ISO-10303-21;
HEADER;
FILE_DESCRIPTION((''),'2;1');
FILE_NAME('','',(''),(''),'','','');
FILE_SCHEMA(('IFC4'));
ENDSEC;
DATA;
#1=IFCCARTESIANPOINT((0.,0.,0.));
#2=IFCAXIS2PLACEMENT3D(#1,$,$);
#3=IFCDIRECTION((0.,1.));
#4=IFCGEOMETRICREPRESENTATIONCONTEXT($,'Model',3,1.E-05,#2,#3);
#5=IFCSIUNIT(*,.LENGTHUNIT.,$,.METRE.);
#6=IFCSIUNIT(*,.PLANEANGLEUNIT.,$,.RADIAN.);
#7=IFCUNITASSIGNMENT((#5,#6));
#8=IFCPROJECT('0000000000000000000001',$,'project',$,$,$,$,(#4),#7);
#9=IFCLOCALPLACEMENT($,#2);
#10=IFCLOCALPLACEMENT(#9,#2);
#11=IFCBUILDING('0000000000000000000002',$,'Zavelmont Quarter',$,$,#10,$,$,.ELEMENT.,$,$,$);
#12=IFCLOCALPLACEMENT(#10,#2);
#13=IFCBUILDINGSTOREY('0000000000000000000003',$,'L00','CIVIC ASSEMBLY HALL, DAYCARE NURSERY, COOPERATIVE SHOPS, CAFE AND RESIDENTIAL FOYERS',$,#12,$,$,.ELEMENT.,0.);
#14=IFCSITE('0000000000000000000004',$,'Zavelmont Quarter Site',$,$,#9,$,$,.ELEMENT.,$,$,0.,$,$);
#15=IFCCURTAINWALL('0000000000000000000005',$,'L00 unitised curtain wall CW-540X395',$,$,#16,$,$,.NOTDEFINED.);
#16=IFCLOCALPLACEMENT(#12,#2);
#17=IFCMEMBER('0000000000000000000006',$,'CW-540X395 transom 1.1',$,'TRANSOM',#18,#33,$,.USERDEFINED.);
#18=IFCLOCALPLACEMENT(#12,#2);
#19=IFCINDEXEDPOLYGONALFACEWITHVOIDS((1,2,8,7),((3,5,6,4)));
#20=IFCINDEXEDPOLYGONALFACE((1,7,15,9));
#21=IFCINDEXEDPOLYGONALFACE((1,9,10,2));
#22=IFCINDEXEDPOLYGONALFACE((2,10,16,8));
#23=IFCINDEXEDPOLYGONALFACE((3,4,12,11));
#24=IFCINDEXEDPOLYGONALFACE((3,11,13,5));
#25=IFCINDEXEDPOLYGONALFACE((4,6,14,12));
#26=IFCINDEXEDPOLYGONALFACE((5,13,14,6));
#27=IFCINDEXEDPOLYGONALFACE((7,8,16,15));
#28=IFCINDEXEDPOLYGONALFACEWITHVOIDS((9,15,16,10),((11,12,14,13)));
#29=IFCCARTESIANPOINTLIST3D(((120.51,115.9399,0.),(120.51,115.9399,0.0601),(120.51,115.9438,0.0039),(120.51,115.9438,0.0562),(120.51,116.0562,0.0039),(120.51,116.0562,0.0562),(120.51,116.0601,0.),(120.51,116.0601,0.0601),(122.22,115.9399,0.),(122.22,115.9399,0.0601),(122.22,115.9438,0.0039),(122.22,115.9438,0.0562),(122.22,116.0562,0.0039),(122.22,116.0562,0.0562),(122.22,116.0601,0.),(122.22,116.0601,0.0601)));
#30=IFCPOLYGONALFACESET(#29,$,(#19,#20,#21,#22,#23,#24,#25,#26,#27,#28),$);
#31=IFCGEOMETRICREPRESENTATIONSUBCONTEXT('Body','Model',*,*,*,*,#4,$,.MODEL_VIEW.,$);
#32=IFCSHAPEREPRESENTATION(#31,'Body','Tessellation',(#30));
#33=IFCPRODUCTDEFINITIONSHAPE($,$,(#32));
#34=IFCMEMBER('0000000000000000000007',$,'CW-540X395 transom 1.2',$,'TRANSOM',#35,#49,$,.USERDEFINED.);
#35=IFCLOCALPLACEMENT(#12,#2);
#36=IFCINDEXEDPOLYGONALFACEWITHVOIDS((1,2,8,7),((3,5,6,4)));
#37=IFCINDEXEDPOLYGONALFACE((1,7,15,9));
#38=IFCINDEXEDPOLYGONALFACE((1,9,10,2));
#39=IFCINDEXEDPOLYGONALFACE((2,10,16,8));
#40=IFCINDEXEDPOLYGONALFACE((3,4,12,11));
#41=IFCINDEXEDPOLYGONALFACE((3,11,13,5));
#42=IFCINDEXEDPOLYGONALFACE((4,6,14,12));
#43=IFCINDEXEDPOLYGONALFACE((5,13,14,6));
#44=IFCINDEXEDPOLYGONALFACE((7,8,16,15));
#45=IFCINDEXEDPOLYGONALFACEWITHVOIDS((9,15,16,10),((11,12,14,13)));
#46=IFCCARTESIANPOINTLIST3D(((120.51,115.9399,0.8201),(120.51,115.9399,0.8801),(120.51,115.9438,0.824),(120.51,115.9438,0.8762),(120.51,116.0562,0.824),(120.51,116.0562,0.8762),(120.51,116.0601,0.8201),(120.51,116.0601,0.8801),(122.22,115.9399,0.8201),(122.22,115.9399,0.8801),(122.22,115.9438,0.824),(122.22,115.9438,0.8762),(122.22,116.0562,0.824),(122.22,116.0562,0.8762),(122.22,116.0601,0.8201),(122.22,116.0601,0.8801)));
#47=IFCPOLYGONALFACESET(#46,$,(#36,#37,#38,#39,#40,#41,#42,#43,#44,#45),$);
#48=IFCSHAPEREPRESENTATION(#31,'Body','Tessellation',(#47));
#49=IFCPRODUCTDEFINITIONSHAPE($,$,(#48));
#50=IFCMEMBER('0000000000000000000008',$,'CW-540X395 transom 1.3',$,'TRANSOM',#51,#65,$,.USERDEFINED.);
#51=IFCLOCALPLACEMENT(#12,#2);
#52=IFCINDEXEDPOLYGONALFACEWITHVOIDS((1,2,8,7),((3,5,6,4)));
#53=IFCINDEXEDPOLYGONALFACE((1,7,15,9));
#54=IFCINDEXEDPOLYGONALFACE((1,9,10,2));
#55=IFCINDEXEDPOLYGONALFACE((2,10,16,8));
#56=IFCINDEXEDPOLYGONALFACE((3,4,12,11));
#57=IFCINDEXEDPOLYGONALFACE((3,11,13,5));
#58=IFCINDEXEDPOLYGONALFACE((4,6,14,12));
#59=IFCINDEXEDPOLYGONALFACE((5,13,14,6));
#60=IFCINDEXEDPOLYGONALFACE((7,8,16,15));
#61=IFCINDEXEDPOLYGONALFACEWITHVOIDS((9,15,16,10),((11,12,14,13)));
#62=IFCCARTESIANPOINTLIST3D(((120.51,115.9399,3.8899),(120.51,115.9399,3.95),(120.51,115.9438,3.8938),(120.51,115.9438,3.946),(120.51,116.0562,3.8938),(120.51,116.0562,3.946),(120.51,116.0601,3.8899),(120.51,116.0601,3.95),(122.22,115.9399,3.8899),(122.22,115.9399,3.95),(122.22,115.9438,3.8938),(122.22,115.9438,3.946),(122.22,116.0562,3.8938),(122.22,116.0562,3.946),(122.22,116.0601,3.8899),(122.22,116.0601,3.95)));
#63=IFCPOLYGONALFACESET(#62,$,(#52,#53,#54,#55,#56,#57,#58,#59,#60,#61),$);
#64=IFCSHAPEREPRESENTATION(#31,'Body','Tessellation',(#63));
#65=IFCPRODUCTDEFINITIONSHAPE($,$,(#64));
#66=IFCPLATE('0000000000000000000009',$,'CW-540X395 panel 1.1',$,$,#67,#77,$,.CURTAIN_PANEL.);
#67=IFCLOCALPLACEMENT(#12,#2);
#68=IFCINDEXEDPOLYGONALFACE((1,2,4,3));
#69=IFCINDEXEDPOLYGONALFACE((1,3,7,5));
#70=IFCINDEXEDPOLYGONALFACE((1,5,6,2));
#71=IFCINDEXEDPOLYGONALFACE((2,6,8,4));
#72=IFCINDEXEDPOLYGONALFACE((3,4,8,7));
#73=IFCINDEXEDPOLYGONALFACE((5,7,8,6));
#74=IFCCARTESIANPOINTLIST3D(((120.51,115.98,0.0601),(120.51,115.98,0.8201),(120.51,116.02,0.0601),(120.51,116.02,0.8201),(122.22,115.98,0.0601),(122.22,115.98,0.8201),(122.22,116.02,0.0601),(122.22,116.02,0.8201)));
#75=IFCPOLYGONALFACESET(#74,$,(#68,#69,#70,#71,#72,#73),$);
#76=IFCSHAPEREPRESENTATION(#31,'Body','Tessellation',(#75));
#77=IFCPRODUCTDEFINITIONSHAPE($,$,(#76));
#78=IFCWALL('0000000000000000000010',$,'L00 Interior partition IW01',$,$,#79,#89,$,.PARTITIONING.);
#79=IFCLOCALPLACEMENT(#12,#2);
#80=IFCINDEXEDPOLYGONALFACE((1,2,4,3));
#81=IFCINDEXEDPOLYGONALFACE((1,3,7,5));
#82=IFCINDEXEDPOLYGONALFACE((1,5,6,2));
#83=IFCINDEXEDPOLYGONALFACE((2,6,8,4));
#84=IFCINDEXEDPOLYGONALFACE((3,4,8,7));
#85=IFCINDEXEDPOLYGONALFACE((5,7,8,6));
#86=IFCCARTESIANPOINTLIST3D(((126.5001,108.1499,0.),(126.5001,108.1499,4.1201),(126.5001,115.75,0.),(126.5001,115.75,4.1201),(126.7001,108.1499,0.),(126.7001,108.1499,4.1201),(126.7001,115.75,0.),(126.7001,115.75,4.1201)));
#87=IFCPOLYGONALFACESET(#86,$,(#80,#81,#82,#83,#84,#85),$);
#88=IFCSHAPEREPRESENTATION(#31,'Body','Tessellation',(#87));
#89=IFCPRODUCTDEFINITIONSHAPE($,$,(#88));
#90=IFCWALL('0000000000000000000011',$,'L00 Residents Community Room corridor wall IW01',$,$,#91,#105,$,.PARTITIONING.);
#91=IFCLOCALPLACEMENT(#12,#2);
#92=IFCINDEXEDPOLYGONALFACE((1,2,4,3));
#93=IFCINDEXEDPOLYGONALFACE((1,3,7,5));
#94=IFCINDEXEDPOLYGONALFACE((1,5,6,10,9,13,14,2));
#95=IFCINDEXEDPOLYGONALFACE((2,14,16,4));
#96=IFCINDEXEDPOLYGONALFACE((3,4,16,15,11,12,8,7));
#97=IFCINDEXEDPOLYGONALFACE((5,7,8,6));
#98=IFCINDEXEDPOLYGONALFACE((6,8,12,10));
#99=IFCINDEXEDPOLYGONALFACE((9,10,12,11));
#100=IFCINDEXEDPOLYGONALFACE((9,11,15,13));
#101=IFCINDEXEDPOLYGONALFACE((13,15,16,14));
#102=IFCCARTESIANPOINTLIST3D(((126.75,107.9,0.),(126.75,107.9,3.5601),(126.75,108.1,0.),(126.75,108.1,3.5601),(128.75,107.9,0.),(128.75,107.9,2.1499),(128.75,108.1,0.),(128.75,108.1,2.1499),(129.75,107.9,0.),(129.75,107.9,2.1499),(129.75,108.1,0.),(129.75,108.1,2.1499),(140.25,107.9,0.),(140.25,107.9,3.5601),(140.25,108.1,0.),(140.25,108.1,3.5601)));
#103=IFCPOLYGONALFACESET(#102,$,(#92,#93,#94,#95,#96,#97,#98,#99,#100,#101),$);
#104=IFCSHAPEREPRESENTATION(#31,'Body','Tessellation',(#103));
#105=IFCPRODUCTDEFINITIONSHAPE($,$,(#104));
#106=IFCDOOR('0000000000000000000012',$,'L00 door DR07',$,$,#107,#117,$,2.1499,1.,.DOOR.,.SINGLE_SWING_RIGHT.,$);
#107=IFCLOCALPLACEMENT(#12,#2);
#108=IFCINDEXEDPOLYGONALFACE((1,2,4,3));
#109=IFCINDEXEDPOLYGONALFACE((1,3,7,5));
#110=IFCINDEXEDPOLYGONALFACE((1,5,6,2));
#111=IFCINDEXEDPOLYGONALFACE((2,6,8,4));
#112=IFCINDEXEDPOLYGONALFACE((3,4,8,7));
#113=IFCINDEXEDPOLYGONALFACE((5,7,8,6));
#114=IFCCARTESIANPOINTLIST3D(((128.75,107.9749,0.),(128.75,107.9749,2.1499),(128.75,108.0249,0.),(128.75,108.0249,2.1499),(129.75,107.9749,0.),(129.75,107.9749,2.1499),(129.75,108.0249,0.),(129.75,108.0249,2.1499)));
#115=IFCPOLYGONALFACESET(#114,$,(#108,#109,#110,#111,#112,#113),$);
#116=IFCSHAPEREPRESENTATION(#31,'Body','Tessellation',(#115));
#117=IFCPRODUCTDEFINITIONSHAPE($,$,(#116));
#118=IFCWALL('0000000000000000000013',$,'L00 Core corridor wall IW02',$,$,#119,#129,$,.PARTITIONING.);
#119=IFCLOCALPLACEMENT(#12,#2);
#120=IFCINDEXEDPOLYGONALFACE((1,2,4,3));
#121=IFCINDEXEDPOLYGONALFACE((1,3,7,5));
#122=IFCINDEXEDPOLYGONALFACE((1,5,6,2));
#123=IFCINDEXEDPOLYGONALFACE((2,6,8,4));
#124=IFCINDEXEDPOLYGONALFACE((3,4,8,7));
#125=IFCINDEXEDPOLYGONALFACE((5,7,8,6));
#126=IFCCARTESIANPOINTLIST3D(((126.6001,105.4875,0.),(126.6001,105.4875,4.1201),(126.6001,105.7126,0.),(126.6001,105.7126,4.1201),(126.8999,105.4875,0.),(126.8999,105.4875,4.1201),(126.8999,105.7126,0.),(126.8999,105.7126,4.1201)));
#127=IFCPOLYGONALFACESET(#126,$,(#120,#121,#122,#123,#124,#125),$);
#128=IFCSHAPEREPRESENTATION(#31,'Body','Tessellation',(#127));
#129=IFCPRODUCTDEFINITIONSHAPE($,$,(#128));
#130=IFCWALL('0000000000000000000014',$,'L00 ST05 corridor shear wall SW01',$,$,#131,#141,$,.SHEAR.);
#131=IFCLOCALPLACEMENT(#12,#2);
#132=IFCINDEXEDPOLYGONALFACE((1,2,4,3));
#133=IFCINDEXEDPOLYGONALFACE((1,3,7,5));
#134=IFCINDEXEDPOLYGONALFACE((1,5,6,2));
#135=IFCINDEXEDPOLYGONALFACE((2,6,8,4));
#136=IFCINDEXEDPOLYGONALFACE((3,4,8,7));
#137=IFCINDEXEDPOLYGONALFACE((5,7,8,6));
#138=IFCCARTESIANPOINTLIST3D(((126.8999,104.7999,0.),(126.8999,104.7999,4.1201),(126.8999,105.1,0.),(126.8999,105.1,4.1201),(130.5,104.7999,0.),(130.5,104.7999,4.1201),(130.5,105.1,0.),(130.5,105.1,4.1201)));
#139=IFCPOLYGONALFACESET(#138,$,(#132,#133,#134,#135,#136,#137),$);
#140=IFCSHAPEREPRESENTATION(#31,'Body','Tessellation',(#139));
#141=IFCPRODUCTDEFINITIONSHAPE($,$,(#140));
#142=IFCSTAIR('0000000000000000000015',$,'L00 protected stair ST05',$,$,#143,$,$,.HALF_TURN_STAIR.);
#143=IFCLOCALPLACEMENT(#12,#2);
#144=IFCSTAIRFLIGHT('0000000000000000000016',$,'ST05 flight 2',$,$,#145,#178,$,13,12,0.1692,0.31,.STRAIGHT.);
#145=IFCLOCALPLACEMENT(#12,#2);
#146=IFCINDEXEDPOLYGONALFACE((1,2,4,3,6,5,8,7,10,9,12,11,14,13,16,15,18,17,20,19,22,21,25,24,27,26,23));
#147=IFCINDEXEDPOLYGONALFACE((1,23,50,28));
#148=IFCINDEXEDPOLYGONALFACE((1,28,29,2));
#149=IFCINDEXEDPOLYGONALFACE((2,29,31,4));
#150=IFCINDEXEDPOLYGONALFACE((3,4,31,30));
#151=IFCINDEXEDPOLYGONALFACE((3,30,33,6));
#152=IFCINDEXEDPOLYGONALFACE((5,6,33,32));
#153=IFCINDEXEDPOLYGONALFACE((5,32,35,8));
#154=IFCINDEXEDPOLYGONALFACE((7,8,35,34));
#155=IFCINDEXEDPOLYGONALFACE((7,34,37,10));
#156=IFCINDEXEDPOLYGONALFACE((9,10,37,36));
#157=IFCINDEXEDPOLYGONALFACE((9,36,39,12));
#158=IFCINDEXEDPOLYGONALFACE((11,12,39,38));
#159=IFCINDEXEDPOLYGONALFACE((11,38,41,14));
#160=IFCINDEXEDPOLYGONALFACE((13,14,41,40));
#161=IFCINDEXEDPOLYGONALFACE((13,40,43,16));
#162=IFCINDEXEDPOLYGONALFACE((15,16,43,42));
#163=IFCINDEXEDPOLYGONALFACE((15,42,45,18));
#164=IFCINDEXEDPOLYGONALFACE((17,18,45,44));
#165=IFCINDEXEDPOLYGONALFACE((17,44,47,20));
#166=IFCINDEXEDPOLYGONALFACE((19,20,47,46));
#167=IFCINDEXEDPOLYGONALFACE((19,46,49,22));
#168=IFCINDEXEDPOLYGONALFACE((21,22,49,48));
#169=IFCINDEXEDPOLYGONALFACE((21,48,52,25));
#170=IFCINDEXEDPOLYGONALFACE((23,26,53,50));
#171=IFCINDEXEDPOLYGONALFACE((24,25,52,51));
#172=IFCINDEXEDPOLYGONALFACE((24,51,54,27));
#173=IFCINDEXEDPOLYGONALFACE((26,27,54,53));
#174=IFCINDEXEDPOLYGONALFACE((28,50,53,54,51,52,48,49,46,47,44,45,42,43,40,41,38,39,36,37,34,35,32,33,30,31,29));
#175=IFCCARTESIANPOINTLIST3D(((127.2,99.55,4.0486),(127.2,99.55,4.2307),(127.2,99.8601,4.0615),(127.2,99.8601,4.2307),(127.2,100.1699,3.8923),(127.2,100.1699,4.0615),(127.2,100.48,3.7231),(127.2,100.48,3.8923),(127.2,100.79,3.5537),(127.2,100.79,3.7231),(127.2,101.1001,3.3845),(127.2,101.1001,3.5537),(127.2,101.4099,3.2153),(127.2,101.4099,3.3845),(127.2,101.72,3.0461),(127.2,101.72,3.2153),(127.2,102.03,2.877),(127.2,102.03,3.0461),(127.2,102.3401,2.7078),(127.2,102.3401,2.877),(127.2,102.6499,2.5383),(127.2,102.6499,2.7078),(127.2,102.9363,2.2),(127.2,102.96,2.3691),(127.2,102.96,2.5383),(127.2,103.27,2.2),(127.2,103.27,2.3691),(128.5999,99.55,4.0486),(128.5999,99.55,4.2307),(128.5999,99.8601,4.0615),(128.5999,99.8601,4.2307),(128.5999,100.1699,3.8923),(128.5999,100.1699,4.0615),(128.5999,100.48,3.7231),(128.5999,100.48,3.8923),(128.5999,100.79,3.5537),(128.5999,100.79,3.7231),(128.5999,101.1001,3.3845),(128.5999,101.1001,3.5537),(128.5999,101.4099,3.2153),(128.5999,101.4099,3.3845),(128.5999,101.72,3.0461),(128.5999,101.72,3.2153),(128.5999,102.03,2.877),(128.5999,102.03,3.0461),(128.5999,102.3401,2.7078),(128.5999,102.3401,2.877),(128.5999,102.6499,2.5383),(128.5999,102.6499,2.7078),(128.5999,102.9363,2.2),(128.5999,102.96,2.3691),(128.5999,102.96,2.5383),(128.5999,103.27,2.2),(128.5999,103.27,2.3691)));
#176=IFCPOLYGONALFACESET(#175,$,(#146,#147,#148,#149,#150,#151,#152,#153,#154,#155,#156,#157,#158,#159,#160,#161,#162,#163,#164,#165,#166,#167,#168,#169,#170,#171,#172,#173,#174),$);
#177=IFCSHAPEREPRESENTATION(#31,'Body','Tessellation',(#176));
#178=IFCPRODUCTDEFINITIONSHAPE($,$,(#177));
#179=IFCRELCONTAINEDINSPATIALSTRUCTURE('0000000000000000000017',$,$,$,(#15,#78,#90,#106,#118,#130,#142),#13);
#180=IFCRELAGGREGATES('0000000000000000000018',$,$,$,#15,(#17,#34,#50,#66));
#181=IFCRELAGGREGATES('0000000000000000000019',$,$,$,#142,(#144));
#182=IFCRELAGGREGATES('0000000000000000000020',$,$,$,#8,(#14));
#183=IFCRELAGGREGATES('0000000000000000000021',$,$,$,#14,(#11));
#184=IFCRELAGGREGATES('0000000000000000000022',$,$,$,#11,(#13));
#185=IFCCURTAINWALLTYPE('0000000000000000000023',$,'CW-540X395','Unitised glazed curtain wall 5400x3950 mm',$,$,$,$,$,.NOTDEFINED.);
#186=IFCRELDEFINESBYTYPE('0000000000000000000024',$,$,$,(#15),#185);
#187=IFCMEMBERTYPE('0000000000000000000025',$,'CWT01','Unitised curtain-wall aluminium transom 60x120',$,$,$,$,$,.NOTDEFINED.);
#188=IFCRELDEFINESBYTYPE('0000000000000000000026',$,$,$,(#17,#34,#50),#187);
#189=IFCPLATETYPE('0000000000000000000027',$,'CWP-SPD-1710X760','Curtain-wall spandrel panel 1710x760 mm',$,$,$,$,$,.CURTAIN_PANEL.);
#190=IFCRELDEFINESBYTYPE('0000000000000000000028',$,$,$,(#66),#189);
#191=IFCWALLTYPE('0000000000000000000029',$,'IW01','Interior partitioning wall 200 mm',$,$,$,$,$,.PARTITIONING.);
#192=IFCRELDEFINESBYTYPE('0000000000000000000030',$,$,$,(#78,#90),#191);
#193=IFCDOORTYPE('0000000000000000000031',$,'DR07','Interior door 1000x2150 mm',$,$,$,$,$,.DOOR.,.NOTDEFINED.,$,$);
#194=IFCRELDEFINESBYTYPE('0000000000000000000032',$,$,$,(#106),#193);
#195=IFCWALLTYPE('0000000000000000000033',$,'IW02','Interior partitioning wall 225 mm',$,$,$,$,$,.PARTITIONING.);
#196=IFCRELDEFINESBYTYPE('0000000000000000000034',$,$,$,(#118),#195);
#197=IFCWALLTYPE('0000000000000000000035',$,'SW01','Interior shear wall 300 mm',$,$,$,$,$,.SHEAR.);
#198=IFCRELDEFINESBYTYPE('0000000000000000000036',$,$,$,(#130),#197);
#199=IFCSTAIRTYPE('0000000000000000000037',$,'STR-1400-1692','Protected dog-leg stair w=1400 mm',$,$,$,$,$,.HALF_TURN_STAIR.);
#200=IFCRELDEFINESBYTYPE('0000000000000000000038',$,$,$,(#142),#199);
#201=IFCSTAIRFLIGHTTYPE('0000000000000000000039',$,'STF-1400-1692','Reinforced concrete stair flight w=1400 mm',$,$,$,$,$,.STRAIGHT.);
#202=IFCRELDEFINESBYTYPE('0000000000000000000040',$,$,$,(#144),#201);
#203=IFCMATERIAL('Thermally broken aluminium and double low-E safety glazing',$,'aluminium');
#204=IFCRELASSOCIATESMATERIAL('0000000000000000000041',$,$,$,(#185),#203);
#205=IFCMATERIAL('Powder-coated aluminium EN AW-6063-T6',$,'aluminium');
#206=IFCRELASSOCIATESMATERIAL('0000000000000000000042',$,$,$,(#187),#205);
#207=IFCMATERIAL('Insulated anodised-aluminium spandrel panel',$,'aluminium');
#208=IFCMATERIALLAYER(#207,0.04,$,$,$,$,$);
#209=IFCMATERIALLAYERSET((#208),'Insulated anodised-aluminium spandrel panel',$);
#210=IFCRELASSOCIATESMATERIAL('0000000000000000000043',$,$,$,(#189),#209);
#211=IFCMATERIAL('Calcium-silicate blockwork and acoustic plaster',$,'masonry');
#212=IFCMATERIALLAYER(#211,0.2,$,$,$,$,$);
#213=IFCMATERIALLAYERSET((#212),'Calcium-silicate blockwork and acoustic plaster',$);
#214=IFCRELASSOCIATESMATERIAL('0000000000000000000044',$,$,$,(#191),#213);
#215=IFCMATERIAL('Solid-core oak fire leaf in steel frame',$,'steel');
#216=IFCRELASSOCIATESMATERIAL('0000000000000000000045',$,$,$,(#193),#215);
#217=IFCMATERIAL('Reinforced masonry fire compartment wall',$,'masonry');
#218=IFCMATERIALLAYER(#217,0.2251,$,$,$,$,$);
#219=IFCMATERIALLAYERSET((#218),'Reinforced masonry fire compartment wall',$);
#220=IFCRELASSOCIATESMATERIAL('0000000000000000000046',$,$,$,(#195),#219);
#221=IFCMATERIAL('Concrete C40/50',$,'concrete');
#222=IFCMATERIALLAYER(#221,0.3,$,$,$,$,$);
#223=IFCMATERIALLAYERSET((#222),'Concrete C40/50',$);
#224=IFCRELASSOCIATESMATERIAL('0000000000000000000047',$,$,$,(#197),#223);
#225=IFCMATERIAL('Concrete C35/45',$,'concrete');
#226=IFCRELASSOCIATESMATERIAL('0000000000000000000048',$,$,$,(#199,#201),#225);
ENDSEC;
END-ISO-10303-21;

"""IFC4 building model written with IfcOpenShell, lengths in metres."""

from ifc_helpers import new_model, si_unit, direction, frame, frame_2d, origin, origin_with_axes, origin_2d, place, context, subcontext, project, spatial, polyline, rectangle, hollow_rectangle, outline, extrude, material, layer, layer_set, material_profile, profile_set, type_object, element, fill, aggregate, save


model = new_model("IFC4")

# Units and contexts
model_context = context("Model", 3, precision=1e-05, world=origin(), true_north=direction((0.0, 1.0)))
body_context = subcontext(model_context, "Body", "Model", "MODEL_VIEW")
ifc_project = project(units=[si_unit("LENGTHUNIT", "METRE"), si_unit("PLANEANGLEUNIT", "RADIAN")], contexts=[model_context])

# Site, building, storey
site_placement = place(None, origin())
site = spatial("IfcSite", under=ifc_project, at=site_placement, Name="Zavelmont Quarter Site", CompositionType="ELEMENT", RefElevation=0.0)
building_placement = place(site_placement, origin())
building = spatial("IfcBuilding", under=site, at=building_placement, Name="Zavelmont Quarter", CompositionType="ELEMENT")
storey_placement = place(building_placement, origin())
storey = spatial("IfcBuildingStorey", under=building, at=storey_placement, Name="L00", Description="CIVIC ASSEMBLY HALL, DAYCARE NURSERY, COOPERATIVE SHOPS, CAFE AND RESIDENTIAL FOYERS", CompositionType="ELEMENT", Elevation=0.0)

# Shared definitions
ifc_material_1 = material(Name="Concrete C40/50", Category="concrete")

# Shared definitions
ifc_material_2 = material(Name="Concrete C35/45", Category="concrete")

# Curtain wall, members, plate
ifc_material_3 = material(Name="Thermally broken aluminium and double low-E safety glazing", Category="aluminium")
curtain_wall_type = type_object("IfcCurtainWallType", Name="CW-540X395", Description="Unitised glazed curtain wall 5400x3950 mm", PredefinedType="NOTDEFINED", material=ifc_material_3)
curtain_wall_placement = place(storey_placement, origin())
curtain_wall = element("IfcCurtainWall", 1, at=curtain_wall_placement, inside=storey, type_object=curtain_wall_type, Name="L00 unitised curtain wall CW-540X395", PredefinedType="NOTDEFINED")
ifc_material_4 = material(Name="Powder-coated aluminium EN AW-6063-T6", Category="aluminium")
ifc_material_profile_1 = material_profile(ifc_material_4, hollow_rectangle(XDim=0.1201, YDim=0.0601, WallThickness=0.0039, at=origin_2d()), Name="CWT60X120")
ifc_profile_set_1 = profile_set([ifc_material_profile_1], Name="Powder-coated aluminium EN AW-6063-T6")
member_type_1 = type_object("IfcMemberType", Name="CWT01", Description="Unitised curtain-wall aluminium transom 60x120", PredefinedType="NOTDEFINED", material=ifc_profile_set_1)
member_1_placement = place(storey_placement, frame((120.51, 116.0, 0.03), z_axis=(1.0, 0.0, 0.0), x_axis=(0.0, 1.0, 0.0)))
member_1 = element("IfcMember", 2, at=member_1_placement, type_object=member_type_1, Name="CW-540X395 transom 1.1", ObjectType="TRANSOM", PredefinedType="USERDEFINED", context=body_context, shape_type="SweptSolid", body=[
    extrude(hollow_rectangle(XDim=0.1201, YDim=0.0601, WallThickness=0.0039, at=origin_2d()), origin(), (0.0, 0.0, 1.0), 1.71),
])
member_2_placement = place(storey_placement, frame((120.51, 116.0, 0.8501), z_axis=(1.0, 0.0, 0.0), x_axis=(0.0, 1.0, 0.0)))
member_2 = element("IfcMember", 3, at=member_2_placement, type_object=member_type_1, Name="CW-540X395 transom 1.2", ObjectType="TRANSOM", PredefinedType="USERDEFINED", context=body_context, shape_type="SweptSolid", body=[
    extrude(hollow_rectangle(XDim=0.1201, YDim=0.0601, WallThickness=0.0039, at=origin_2d()), origin(), (0.0, 0.0, 1.0), 1.71),
])
member_3_placement = place(storey_placement, frame((120.51, 116.0, 3.9199), z_axis=(1.0, 0.0, 0.0), x_axis=(0.0, 1.0, 0.0)))
member_3 = element("IfcMember", 4, at=member_3_placement, type_object=member_type_1, Name="CW-540X395 transom 1.3", ObjectType="TRANSOM", PredefinedType="USERDEFINED", context=body_context, shape_type="SweptSolid", body=[
    extrude(hollow_rectangle(XDim=0.1201, YDim=0.0601, WallThickness=0.0039, at=origin_2d()), origin(), (0.0, 0.0, 1.0), 1.71),
])
ifc_material_5 = material(Name="Insulated anodised-aluminium spandrel panel", Category="aluminium")
ifc_layer_1 = layer(ifc_material_5, 0.04)
ifc_layer_set_1 = layer_set([ifc_layer_1], Name="Insulated anodised-aluminium spandrel panel")
plate_type = type_object("IfcPlateType", Name="CWP-SPD-1710X760", Description="Curtain-wall spandrel panel 1710x760 mm", PredefinedType="CURTAIN_PANEL", material=ifc_layer_set_1)
plate_placement = place(storey_placement, frame((121.365, 116.0, 0.0601), z_axis=(0.0, 0.0, 1.0), x_axis=(1.0, 0.0, 0.0)))
plate = element("IfcPlate", 5, at=plate_placement, type_object=plate_type, Name="CW-540X395 panel 1.1", PredefinedType="CURTAIN_PANEL", context=body_context, shape_type="SweptSolid", body=[
    extrude(rectangle(XDim=1.71, YDim=0.04, at=origin_2d()), origin(), (0.0, 0.0, 1.0), 0.76),
])
aggregate(curtain_wall, [member_1, member_2, member_3, plate])

# Wall
ifc_material_6 = material(Name="Calcium-silicate blockwork and acoustic plaster", Category="masonry")
ifc_layer_2 = layer(ifc_material_6, 0.2)
ifc_layer_set_2 = layer_set([ifc_layer_2], Name="Calcium-silicate blockwork and acoustic plaster")
wall_type_1 = type_object("IfcWallType", Name="IW01", Description="Interior partitioning wall 200 mm", PredefinedType="PARTITIONING", material=ifc_layer_set_2)
wall_1_placement = place(storey_placement, frame((126.6001, 108.1499, 0.0), z_axis=(0.0, 0.0, 1.0), x_axis=(0.0, 1.0, 0.0)))
element("IfcWall", 6, at=wall_1_placement, inside=storey, type_object=wall_type_1, Name="L00 Interior partition IW01", PredefinedType="PARTITIONING", context=body_context, shape_type="SweptSolid", body=[
    extrude(rectangle(XDim=7.6001, YDim=0.2, at=frame_2d((3.8, 0.0))), origin(), (0.0, 0.0, 1.0), 4.1201),
])

# Wall, opening, door
wall_2_placement = place(storey_placement, frame((126.75, 108.0, 0.0), z_axis=(0.0, 0.0, 1.0), x_axis=(1.0, 0.0, 0.0)))
wall_2 = element("IfcWall", 7, at=wall_2_placement, inside=storey, type_object=wall_type_1, Name="L00 Residents Community Room corridor wall IW01", PredefinedType="PARTITIONING", context=body_context, shape_type="SweptSolid", body=[
    extrude(rectangle(XDim=13.5, YDim=0.2, at=frame_2d((6.75, 0.0))), origin(), (0.0, 0.0, 1.0), 3.5601),
])
opening_1_placement = place(wall_2_placement, frame((2.0, 0.0, 0.0)))
opening_1 = element("IfcOpeningElement", 8, at=opening_1_placement, cuts=wall_2, PredefinedType="OPENING", context=body_context, shape_type="SweptSolid", body=[
    extrude(rectangle(XDim=1.0, YDim=2.1499, at=frame_2d((0.5, 1.075))), frame((0.0, 0.1118, 0.0), z_axis=(0.0, -1.0, 0.0), x_axis=(1.0, 0.0, 0.0)), (0.0, 0.0, 1.0), 0.2239),
])
ifc_material_7 = material(Name="Solid-core oak fire leaf in steel frame", Category="steel")
door_type_1 = type_object("IfcDoorType", Name="DR07", Description="Interior door 1000x2150 mm", OperationType="NOTDEFINED", PredefinedType="DOOR", material=ifc_material_7)
door_1_placement = place(opening_1_placement, origin_with_axes())
door_1 = element("IfcDoor", 9, at=door_1_placement, inside=storey, type_object=door_type_1, Name="L00 door DR07", OperationType="SINGLE_SWING_RIGHT", OverallHeight=2.1499, OverallWidth=1.0, PredefinedType="DOOR", context=body_context, shape_type="SweptSolid", body=[
    extrude(rectangle(XDim=1.0, YDim=2.1499, at=frame_2d((0.5, 1.075))), frame((0.0, 0.0249, 0.0), z_axis=(0.0, -1.0, 0.0), x_axis=(1.0, 0.0, 0.0)), (0.0, 0.0, 1.0), 0.05),
])
fill(opening_1, door_1)

# Wall
ifc_material_8 = material(Name="Reinforced masonry fire compartment wall", Category="masonry")
ifc_layer_3 = layer(ifc_material_8, 0.2251)
ifc_layer_set_3 = layer_set([ifc_layer_3], Name="Reinforced masonry fire compartment wall")
wall_type_2 = type_object("IfcWallType", Name="IW02", Description="Interior partitioning wall 225 mm", PredefinedType="PARTITIONING", material=ifc_layer_set_3)
wall_3_placement = place(storey_placement, frame((126.6001, 105.6001, 0.0), z_axis=(0.0, 0.0, 1.0), x_axis=(1.0, 0.0, 0.0)))
element("IfcWall", 10, at=wall_3_placement, inside=storey, type_object=wall_type_2, Name="L00 Core corridor wall IW02", PredefinedType="PARTITIONING", context=body_context, shape_type="SweptSolid", body=[
    extrude(rectangle(XDim=0.2998, YDim=0.2251, at=frame_2d((0.1499, 0.0))), origin(), (0.0, 0.0, 1.0), 4.1201),
])

# Wall
ifc_layer_4 = layer(ifc_material_1, 0.3)
ifc_layer_set_4 = layer_set([ifc_layer_4], Name="Concrete C40/50")
wall_type_3 = type_object("IfcWallType", Name="SW01", Description="Interior shear wall 300 mm", PredefinedType="SHEAR", material=ifc_layer_set_4)
wall_4_placement = place(storey_placement, frame((126.8999, 104.95, 0.0), z_axis=(0.0, 0.0, 1.0), x_axis=(1.0, 0.0, 0.0)))
element("IfcWall", 11, at=wall_4_placement, inside=storey, type_object=wall_type_3, Name="L00 ST05 corridor shear wall SW01", PredefinedType="SHEAR", context=body_context, shape_type="SweptSolid", body=[
    extrude(rectangle(XDim=3.6001, YDim=0.3, at=frame_2d((1.8, 0.0))), origin(), (0.0, 0.0, 1.0), 4.1201),
])

# Stair, stair flight
stair_type = type_object("IfcStairType", Name="STR-1400-1692", Description="Protected dog-leg stair w=1400 mm", PredefinedType="HALF_TURN_STAIR", material=ifc_material_2)
stair_placement = place(storey_placement, origin())
stair = element("IfcStair", 12, at=stair_placement, inside=storey, type_object=stair_type, Name="L00 protected stair ST05", PredefinedType="HALF_TURN_STAIR")
stair_flight_type = type_object("IfcStairFlightType", Name="STF-1400-1692", Description="Reinforced concrete stair flight w=1400 mm", PredefinedType="STRAIGHT", material=ifc_material_2)
stair_flight_placement = place(storey_placement, frame((127.8999, 103.27, 2.2), z_axis=(0.0, 0.0, 1.0), x_axis=(0.0, -1.0, 0.0)))
stair_flight = element("IfcStairFlight", 13, at=stair_flight_placement, type_object=stair_flight_type, Name="ST05 flight 2", NumberOfRisers=13, NumberOfTreads=12, PredefinedType="STRAIGHT", RiserHeight=0.1692, TreadLength=0.31, context=body_context, shape_type="SweptSolid", body=[
    extrude(outline(polyline([(0.0, 0.0), (0.0, 0.1692), (0.3101, 0.1692), (0.3101, 0.3384), (0.6201, 0.3384), (0.6201, 0.5078), (0.9299, 0.5078), (0.9299, 0.677), (1.24, 0.677), (1.24, 0.8462), (1.55, 0.8462), (1.55, 1.0154), (1.8601, 1.0154), (1.8601, 1.1846), (2.1699, 1.1846), (2.1699, 1.3538), (2.48, 1.3538), (2.48, 1.5232), (2.79, 1.5232), (2.79, 1.6924), (3.1001, 1.6924), (3.1001, 1.8616), (3.4099, 1.8616), (3.4099, 2.0308), (3.72, 2.0308), (3.72, 2.2), (3.72, 1.8486), (0.3337, 0.0), (0.0, 0.0)])), frame((0.0, 0.7, 0.0), z_axis=(0.0, -1.0, 0.0), x_axis=(1.0, 0.0, 0.0)), (0.0, 0.0, 1.0), 1.3999),
])
aggregate(stair, [stair_flight])

save(model, "model.ifc")
